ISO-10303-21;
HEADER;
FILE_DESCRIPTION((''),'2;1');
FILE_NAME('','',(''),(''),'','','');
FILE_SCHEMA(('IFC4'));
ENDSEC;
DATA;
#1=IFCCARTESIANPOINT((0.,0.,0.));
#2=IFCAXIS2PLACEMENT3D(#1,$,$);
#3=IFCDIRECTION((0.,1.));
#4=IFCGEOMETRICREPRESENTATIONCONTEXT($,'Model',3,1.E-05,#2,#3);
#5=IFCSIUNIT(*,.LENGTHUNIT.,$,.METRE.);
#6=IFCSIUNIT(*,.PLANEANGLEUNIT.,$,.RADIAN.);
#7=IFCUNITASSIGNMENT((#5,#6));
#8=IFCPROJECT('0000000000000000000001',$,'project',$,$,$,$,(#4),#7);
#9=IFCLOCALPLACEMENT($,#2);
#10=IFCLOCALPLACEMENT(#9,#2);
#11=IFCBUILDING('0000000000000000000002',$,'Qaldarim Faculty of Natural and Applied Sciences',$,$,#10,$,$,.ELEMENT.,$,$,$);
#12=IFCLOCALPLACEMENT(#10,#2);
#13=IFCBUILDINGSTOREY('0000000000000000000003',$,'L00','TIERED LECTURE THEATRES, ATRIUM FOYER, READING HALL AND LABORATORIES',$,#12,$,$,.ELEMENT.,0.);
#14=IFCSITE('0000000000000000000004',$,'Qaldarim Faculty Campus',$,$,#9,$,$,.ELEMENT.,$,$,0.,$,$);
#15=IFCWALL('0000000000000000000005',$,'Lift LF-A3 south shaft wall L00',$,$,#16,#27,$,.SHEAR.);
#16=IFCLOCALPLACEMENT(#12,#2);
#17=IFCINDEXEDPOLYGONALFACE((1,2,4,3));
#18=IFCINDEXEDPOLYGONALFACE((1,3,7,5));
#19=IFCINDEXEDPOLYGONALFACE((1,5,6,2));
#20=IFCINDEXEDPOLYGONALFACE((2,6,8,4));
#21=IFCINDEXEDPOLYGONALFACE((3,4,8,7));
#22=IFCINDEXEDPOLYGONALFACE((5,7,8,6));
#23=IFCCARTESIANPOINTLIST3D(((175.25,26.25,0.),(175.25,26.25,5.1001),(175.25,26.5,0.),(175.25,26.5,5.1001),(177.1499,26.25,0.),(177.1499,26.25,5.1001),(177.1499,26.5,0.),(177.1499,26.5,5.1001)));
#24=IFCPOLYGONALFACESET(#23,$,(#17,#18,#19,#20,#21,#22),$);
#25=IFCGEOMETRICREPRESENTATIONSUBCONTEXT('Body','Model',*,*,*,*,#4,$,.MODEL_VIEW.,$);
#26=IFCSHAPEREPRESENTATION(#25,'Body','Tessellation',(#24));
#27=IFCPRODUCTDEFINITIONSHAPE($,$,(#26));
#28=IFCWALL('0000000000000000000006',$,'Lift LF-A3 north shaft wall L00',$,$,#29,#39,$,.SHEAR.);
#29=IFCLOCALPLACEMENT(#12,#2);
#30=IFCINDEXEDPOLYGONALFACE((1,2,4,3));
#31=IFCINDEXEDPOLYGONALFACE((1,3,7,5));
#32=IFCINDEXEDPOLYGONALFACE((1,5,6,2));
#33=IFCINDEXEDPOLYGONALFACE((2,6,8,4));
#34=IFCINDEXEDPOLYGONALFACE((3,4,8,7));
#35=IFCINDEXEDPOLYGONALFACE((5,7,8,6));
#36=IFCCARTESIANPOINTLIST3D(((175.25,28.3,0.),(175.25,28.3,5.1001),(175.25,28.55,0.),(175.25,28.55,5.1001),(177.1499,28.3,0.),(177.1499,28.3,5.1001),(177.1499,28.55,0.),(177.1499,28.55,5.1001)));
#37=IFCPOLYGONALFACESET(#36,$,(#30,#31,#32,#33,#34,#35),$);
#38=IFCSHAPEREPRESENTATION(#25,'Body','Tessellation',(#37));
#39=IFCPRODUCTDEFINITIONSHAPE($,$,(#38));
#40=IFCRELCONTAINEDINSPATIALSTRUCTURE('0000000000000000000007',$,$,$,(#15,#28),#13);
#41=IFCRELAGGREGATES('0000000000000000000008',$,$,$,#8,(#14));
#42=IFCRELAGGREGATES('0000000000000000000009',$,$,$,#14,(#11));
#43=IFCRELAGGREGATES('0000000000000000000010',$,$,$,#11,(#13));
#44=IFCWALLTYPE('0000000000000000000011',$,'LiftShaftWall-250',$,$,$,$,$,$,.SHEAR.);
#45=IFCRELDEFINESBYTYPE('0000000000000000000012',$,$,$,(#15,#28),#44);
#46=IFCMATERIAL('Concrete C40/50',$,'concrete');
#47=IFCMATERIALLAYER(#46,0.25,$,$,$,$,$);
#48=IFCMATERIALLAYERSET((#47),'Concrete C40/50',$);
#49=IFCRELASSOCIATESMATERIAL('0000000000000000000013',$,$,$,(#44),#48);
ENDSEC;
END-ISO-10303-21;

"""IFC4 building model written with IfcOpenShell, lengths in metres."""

from ifc_helpers import new_model, si_unit, direction, frame, frame_2d, origin, place, context, subcontext, project, spatial, rectangle, extrude, material, layer, layer_set, type_object, element, save


model = new_model("IFC4")

# Units and contexts
model_context = context("Model", 3, precision=1e-05, world=origin(), true_north=direction((0.0, 1.0)))
body_context = subcontext(model_context, "Body", "Model", "MODEL_VIEW")
ifc_project = project(units=[si_unit("LENGTHUNIT", "METRE"), si_unit("PLANEANGLEUNIT", "RADIAN")], contexts=[model_context])

# Site, building, storey
site_placement = place(None, origin())
site = spatial("IfcSite", under=ifc_project, at=site_placement, Name="Qaldarim Faculty Campus", CompositionType="ELEMENT", RefElevation=0.0)
building_placement = place(site_placement, origin())
building = spatial("IfcBuilding", under=site, at=building_placement, Name="Qaldarim Faculty of Natural and Applied Sciences", CompositionType="ELEMENT")
storey_placement = place(building_placement, origin())
storey = spatial("IfcBuildingStorey", under=building, at=storey_placement, Name="L00", Description="TIERED LECTURE THEATRES, ATRIUM FOYER, READING HALL AND LABORATORIES", CompositionType="ELEMENT", Elevation=0.0)

# Shared definitions
ifc_material_1 = material(Name="Concrete C40/50", Category="concrete")

# Shared definitions
ifc_layer_1 = layer(ifc_material_1, 0.25)
ifc_layer_set_1 = layer_set([ifc_layer_1], Name="Concrete C40/50")
wall_type_1 = type_object("IfcWallType", Name="LiftShaftWall-250", PredefinedType="SHEAR", material=ifc_layer_set_1)

# Walls
for number, where, z_axis, x_axis, name in (
    (1, (175.25, 26.375, 0.0), (0.0, 0.0, 1.0), (1.0, 0.0, 0.0), "Lift LF-A3 south shaft wall L00"),
    (2, (175.25, 28.425, 0.0), (0.0, 0.0, 1.0), (1.0, 0.0, 0.0), "Lift LF-A3 north shaft wall L00"),
):
    element("IfcWall", number, at=place(storey_placement, frame(where, z_axis=z_axis, x_axis=x_axis)), inside=storey, type_object=wall_type_1, Name=name, PredefinedType="SHEAR", context=body_context, shape_type="SweptSolid", body=[
        extrude(rectangle(XDim=1.8999, YDim=0.25, at=frame_2d((0.95, 0.0))), origin(), (0.0, 0.0, 1.0), 5.1001),
    ])

save(model, "model.ifc")
